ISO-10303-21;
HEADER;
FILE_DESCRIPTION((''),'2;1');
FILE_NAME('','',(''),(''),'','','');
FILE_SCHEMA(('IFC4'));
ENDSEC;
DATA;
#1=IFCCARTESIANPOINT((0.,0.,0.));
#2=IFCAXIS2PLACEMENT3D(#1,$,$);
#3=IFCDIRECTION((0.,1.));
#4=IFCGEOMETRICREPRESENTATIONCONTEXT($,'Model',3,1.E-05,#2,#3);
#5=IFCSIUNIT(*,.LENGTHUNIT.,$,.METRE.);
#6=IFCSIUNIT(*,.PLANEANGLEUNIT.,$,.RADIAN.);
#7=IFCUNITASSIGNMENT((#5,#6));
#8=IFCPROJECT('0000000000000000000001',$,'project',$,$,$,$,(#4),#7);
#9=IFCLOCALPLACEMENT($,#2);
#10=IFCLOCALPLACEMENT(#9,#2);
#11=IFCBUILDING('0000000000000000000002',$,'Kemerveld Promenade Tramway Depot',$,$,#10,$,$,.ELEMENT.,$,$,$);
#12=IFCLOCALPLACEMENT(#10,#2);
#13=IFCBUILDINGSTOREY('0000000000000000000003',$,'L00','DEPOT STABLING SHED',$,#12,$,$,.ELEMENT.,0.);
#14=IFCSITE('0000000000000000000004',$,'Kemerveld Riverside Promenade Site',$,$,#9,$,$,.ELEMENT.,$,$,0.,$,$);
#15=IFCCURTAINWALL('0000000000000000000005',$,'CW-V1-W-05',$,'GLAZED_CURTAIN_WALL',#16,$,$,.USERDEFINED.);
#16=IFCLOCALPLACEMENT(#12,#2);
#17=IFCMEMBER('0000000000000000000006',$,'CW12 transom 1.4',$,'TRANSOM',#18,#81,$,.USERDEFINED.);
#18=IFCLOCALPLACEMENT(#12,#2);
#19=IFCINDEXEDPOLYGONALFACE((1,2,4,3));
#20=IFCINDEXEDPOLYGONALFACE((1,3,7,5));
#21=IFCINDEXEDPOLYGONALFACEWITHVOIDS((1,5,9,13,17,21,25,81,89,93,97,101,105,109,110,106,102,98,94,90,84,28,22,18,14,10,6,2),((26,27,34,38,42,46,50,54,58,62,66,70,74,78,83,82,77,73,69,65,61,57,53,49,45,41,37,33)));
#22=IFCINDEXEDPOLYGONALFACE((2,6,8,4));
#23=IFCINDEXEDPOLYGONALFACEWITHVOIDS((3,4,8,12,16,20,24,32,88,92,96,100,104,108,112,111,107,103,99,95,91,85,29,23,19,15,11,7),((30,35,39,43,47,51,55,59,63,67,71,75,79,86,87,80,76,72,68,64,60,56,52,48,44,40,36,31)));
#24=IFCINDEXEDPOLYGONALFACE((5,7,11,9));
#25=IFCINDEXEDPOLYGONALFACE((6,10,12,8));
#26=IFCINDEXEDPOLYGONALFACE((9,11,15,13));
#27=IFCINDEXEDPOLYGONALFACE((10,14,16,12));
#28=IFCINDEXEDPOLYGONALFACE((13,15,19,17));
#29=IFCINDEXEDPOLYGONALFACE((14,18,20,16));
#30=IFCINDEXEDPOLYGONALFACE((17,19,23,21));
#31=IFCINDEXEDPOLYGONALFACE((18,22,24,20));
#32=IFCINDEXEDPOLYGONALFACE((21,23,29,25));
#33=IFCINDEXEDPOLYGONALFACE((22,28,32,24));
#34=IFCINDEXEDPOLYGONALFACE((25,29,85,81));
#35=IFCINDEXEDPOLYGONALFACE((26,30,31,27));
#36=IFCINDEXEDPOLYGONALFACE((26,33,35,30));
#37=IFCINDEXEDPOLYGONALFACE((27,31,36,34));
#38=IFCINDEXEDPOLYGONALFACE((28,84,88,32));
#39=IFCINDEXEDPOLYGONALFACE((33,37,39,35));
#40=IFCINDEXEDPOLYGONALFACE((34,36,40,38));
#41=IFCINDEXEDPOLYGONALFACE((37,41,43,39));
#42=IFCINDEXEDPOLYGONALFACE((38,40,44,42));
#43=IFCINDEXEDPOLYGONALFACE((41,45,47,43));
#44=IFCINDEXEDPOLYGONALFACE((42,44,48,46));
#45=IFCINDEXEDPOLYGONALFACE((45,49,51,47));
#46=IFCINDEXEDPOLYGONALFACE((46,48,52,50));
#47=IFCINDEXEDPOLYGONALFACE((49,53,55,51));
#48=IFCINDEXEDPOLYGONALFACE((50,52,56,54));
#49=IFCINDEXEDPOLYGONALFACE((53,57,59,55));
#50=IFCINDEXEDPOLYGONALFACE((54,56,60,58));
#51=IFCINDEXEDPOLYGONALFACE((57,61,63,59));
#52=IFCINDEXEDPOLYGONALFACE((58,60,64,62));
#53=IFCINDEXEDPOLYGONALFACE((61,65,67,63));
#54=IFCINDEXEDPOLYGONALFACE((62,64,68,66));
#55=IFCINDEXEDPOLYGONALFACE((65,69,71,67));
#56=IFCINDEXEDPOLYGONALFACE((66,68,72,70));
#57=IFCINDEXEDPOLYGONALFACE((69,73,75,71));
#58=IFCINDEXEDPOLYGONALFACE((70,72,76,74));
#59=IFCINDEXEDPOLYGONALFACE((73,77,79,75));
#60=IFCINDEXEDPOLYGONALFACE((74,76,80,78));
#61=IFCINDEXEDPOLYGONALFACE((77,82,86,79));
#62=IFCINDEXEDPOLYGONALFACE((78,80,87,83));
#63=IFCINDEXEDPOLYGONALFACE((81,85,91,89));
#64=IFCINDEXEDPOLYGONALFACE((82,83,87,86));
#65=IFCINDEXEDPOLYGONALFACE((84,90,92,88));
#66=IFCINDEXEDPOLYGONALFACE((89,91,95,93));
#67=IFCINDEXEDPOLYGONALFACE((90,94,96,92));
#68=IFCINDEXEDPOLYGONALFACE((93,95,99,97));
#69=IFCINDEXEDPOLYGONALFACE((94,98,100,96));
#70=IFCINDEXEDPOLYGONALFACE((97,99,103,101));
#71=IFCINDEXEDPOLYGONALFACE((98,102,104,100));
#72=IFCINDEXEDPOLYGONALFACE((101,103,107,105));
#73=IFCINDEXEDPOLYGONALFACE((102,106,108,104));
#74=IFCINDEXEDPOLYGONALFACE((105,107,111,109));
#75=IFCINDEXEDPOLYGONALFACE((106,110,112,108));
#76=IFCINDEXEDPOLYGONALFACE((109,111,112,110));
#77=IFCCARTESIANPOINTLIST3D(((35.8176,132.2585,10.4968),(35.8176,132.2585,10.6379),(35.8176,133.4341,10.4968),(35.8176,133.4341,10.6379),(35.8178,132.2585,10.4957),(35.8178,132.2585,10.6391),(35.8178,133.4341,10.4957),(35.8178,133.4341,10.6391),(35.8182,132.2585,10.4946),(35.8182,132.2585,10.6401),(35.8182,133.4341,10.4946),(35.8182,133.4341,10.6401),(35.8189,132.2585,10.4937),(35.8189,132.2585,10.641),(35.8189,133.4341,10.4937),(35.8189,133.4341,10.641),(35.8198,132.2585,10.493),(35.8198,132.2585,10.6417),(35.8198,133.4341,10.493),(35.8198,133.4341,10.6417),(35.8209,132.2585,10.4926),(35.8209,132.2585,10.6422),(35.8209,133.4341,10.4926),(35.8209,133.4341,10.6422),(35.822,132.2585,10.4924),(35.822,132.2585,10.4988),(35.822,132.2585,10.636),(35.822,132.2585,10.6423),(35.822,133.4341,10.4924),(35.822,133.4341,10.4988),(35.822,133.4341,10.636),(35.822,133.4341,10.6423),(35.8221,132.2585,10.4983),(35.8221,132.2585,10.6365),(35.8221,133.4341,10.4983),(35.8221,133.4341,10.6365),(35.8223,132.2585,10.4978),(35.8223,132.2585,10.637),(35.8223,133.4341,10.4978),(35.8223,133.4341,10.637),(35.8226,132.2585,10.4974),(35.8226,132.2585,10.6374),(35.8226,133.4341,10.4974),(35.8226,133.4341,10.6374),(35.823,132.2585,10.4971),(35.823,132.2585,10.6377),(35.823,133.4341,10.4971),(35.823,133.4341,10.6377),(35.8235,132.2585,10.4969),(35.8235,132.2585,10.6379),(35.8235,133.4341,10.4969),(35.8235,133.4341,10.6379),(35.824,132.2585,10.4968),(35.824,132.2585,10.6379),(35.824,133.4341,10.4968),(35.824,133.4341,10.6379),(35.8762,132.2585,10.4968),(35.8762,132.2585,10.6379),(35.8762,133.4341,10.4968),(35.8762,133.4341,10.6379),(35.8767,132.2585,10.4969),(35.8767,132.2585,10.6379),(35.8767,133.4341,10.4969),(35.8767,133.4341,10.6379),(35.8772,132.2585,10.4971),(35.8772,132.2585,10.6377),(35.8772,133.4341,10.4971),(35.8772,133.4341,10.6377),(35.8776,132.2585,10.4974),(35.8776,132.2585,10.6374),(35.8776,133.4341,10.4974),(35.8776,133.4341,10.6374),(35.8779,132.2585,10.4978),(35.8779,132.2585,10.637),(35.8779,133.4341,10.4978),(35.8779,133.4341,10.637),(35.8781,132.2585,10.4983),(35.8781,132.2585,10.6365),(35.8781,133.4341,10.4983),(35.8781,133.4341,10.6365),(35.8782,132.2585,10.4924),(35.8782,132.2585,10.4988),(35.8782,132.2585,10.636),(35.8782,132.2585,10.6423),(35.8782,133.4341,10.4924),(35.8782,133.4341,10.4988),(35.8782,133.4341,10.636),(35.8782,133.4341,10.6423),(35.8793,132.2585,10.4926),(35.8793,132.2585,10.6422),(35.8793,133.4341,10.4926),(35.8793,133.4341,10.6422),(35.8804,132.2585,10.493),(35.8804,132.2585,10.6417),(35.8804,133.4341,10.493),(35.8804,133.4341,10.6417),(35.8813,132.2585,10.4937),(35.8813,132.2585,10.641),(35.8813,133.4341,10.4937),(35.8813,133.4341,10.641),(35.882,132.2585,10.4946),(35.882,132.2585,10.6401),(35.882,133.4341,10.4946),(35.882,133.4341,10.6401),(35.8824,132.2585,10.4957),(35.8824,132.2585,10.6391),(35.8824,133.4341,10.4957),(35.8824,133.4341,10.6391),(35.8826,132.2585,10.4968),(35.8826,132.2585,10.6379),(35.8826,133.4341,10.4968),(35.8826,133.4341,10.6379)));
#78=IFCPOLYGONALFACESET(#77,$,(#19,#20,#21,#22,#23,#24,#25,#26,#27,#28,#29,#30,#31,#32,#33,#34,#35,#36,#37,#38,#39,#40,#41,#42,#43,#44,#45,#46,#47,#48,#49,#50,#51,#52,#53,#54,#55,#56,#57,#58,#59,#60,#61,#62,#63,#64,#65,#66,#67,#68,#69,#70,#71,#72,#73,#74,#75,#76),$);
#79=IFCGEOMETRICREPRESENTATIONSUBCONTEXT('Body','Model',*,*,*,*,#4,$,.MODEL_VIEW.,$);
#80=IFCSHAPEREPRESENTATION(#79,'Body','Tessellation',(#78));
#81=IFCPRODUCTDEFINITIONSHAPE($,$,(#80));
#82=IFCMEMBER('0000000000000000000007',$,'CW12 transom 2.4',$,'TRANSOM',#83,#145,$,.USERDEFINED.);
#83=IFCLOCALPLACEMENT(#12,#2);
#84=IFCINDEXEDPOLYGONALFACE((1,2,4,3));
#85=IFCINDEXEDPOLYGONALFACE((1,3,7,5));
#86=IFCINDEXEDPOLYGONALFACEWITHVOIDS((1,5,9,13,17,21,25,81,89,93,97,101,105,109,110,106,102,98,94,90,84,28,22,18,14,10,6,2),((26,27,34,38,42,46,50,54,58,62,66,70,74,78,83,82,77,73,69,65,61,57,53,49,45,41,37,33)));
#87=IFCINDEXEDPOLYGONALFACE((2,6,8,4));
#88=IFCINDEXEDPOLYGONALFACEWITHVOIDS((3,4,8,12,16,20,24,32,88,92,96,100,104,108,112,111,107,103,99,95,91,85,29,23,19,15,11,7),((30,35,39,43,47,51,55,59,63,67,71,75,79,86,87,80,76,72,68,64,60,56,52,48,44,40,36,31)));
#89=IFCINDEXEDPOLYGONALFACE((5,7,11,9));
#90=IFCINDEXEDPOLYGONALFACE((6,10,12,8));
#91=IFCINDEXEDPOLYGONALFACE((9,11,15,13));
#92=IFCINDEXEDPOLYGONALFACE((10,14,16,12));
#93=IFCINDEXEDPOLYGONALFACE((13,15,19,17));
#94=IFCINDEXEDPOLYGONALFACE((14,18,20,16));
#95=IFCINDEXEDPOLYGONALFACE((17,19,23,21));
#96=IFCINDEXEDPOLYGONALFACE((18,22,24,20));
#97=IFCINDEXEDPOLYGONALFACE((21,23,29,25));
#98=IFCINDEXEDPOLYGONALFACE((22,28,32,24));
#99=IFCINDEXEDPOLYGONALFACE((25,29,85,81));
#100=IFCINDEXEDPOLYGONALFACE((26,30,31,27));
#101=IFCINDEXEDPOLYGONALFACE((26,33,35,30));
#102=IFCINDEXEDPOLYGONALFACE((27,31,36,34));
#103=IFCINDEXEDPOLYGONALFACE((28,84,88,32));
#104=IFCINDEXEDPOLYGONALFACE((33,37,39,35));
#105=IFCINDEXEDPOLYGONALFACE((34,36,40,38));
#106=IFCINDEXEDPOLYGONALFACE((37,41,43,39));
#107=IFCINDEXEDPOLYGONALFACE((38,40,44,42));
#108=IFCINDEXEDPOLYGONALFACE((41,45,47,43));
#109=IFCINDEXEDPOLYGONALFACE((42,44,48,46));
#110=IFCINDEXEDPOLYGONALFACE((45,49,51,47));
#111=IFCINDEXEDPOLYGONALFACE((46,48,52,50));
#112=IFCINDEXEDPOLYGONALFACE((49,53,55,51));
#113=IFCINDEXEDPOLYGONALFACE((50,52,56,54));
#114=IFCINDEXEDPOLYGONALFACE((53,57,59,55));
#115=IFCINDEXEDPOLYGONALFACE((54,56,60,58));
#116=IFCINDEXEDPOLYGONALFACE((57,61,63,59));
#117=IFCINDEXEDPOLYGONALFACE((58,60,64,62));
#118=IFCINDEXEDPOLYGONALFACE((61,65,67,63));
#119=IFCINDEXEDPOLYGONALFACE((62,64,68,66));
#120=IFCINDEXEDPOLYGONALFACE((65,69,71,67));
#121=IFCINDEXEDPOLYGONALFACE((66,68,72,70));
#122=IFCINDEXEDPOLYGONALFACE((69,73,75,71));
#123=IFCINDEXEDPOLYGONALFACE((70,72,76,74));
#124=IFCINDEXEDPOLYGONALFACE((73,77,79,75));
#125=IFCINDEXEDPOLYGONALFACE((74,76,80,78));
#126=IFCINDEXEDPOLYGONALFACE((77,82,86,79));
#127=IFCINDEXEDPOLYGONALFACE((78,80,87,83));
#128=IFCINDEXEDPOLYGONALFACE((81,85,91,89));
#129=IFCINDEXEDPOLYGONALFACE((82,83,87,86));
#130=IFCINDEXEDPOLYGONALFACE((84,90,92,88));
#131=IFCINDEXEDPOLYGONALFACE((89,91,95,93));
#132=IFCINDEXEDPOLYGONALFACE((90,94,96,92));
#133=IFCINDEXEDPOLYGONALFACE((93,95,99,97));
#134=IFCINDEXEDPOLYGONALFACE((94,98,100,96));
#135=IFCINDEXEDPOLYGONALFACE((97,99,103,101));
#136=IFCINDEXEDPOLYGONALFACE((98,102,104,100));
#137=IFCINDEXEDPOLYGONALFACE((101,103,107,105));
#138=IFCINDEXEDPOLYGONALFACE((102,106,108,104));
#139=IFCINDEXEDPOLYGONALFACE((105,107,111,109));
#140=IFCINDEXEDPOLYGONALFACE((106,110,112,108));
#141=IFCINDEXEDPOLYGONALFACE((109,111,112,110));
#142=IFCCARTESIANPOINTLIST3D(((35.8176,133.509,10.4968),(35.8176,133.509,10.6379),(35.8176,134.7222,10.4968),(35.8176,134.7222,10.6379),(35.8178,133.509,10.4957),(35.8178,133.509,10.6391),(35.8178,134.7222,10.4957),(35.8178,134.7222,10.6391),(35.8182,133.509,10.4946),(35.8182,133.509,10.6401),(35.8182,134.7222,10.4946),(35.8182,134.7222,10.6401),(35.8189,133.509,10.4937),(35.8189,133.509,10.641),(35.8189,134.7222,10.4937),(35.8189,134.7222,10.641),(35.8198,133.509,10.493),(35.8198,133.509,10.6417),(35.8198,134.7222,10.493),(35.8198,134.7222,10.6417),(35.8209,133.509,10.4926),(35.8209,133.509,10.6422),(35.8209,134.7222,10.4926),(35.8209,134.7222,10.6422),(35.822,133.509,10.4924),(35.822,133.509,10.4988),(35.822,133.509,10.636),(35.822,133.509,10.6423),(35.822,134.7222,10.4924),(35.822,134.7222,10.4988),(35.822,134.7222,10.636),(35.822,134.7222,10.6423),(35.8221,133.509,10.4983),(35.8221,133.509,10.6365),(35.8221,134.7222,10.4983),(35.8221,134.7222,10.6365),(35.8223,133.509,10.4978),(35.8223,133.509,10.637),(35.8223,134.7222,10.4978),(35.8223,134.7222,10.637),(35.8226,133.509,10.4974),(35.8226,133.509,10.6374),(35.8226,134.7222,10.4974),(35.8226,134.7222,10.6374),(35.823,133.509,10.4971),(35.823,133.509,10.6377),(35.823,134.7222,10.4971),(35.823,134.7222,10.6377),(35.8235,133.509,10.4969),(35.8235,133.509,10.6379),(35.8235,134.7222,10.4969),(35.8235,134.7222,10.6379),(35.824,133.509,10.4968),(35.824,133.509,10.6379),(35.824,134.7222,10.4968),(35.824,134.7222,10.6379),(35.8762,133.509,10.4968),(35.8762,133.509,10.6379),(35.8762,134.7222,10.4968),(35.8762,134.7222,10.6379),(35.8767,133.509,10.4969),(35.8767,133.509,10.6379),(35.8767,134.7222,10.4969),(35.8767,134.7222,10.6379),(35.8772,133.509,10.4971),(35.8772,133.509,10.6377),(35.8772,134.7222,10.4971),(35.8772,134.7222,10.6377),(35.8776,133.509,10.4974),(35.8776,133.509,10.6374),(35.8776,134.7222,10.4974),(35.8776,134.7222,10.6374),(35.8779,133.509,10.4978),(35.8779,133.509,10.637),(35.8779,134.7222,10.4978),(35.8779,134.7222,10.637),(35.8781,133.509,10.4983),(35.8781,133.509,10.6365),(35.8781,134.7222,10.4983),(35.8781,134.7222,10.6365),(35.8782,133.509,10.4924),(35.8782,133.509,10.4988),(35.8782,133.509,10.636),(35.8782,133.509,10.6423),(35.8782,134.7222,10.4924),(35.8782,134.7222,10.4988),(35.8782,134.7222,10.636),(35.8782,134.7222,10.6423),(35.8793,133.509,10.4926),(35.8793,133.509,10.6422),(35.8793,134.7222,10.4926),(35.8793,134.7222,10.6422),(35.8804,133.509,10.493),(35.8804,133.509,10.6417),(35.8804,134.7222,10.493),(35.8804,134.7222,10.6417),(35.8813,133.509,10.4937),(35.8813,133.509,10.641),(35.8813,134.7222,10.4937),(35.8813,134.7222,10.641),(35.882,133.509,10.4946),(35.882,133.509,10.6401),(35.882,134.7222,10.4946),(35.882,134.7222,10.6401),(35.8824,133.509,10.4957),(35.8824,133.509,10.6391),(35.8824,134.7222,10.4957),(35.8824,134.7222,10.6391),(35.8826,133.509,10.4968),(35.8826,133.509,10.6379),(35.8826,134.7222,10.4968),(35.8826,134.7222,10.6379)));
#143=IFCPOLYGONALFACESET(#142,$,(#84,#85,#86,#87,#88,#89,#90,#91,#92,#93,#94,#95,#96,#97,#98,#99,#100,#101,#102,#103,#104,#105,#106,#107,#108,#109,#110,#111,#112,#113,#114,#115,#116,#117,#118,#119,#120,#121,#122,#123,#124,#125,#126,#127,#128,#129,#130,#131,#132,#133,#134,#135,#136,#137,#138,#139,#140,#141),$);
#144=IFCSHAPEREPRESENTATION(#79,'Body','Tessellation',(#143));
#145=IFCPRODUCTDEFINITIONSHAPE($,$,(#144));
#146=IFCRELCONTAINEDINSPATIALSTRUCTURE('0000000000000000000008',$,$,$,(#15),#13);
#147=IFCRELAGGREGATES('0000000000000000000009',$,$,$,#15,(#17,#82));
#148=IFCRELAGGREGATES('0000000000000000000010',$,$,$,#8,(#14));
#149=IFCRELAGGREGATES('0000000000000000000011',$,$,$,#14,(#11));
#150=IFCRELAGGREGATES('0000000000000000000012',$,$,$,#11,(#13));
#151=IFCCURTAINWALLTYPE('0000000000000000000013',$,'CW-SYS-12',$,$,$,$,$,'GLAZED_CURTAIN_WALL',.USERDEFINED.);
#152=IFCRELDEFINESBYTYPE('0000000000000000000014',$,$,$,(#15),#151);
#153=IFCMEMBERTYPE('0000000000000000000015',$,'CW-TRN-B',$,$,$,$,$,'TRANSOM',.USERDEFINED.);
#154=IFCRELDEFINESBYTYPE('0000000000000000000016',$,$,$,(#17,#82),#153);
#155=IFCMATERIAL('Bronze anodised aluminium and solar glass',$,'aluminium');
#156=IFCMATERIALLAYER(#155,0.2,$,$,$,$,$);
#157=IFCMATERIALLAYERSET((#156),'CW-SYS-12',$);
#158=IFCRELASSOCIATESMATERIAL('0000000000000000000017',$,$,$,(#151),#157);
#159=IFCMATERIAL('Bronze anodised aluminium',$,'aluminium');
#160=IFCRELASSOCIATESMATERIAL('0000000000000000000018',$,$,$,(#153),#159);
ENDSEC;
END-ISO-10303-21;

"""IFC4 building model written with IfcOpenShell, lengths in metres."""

from ifc_helpers import new_model, si_unit, direction, frame, origin, origin_2d, place, context, subcontext, project, spatial, hollow_rectangle, extrude, material, layer, layer_set, material_profile, profile_set, type_object, element, aggregate, save


model = new_model("IFC4")

# Units and contexts
model_context = context("Model", 3, precision=1e-05, world=origin(), true_north=direction((0.0, 1.0)))
body_context = subcontext(model_context, "Body", "Model", "MODEL_VIEW")
ifc_project = project(units=[si_unit("LENGTHUNIT", "METRE"), si_unit("PLANEANGLEUNIT", "RADIAN")], contexts=[model_context])

# Site, building, storey
site_placement = place(None, origin())
site = spatial("IfcSite", under=ifc_project, at=site_placement, Name="Kemerveld Riverside Promenade Site", CompositionType="ELEMENT", RefElevation=0.0)
building_placement = place(site_placement, origin())
building = spatial("IfcBuilding", under=site, at=building_placement, Name="Kemerveld Promenade Tramway Depot", CompositionType="ELEMENT")
storey_placement = place(building_placement, origin())
storey = spatial("IfcBuildingStorey", under=building, at=storey_placement, Name="L00", Description="DEPOT STABLING SHED", CompositionType="ELEMENT", Elevation=0.0)

# Curtain wall, members
ifc_material_1 = material(Name="Bronze anodised aluminium and solar glass", Category="aluminium")
ifc_layer_1 = layer(ifc_material_1, 0.2)
ifc_layer_set_1 = layer_set([ifc_layer_1], Name="CW-SYS-12")
curtain_wall_type = type_object("IfcCurtainWallType", Name="CW-SYS-12", ElementType="GLAZED_CURTAIN_WALL", PredefinedType="USERDEFINED", material=ifc_layer_set_1)
curtain_wall_placement = place(storey_placement, origin())
curtain_wall = element("IfcCurtainWall", 1, at=curtain_wall_placement, inside=storey, type_object=curtain_wall_type, Name="CW-V1-W-05", ObjectType="GLAZED_CURTAIN_WALL", PredefinedType="USERDEFINED")
ifc_material_2 = material(Name="Bronze anodised aluminium", Category="aluminium")
ifc_material_profile_1 = material_profile(ifc_material_2, hollow_rectangle(XDim=0.0649, YDim=0.1499, WallThickness=0.0044, InnerFilletRadius=0.002, OuterFilletRadius=0.0044, at=origin_2d()), Name="CW-TRN-150x65")
ifc_profile_set_1 = profile_set([ifc_material_profile_1], Name="Bronze anodised aluminium")
member_type_1 = type_object("IfcMemberType", Name="CW-TRN-B", ElementType="TRANSOM", PredefinedType="USERDEFINED", material=ifc_profile_set_1)
member_1_placement = place(storey_placement, frame((35.8501, 132.2585, 10.5674), z_axis=(0.0, 1.0, 0.0), x_axis=(-1.0, 0.0, 0.0)))
member_1 = element("IfcMember", 2, at=member_1_placement, type_object=member_type_1, Name="CW12 transom 1.4", ObjectType="TRANSOM", PredefinedType="USERDEFINED", context=body_context, shape_type="SweptSolid", body=[
    extrude(hollow_rectangle(XDim=0.0649, YDim=0.1499, WallThickness=0.0044, InnerFilletRadius=0.002, OuterFilletRadius=0.0044, at=origin_2d()), origin(), (0.0, 0.0, 1.0), 1.1755),
])
member_2_placement = place(storey_placement, frame((35.8501, 133.509, 10.5674), z_axis=(0.0, 1.0, 0.0), x_axis=(-1.0, 0.0, 0.0)))
member_2 = element("IfcMember", 3, at=member_2_placement, type_object=member_type_1, Name="CW12 transom 2.4", ObjectType="TRANSOM", PredefinedType="USERDEFINED", context=body_context, shape_type="SweptSolid", body=[
    extrude(hollow_rectangle(XDim=0.0649, YDim=0.1499, WallThickness=0.0044, InnerFilletRadius=0.002, OuterFilletRadius=0.0044, at=origin_2d()), origin(), (0.0, 0.0, 1.0), 1.2131),
])

aggregate(curtain_wall, [member_1, member_2])

save(model, "model.ifc")
